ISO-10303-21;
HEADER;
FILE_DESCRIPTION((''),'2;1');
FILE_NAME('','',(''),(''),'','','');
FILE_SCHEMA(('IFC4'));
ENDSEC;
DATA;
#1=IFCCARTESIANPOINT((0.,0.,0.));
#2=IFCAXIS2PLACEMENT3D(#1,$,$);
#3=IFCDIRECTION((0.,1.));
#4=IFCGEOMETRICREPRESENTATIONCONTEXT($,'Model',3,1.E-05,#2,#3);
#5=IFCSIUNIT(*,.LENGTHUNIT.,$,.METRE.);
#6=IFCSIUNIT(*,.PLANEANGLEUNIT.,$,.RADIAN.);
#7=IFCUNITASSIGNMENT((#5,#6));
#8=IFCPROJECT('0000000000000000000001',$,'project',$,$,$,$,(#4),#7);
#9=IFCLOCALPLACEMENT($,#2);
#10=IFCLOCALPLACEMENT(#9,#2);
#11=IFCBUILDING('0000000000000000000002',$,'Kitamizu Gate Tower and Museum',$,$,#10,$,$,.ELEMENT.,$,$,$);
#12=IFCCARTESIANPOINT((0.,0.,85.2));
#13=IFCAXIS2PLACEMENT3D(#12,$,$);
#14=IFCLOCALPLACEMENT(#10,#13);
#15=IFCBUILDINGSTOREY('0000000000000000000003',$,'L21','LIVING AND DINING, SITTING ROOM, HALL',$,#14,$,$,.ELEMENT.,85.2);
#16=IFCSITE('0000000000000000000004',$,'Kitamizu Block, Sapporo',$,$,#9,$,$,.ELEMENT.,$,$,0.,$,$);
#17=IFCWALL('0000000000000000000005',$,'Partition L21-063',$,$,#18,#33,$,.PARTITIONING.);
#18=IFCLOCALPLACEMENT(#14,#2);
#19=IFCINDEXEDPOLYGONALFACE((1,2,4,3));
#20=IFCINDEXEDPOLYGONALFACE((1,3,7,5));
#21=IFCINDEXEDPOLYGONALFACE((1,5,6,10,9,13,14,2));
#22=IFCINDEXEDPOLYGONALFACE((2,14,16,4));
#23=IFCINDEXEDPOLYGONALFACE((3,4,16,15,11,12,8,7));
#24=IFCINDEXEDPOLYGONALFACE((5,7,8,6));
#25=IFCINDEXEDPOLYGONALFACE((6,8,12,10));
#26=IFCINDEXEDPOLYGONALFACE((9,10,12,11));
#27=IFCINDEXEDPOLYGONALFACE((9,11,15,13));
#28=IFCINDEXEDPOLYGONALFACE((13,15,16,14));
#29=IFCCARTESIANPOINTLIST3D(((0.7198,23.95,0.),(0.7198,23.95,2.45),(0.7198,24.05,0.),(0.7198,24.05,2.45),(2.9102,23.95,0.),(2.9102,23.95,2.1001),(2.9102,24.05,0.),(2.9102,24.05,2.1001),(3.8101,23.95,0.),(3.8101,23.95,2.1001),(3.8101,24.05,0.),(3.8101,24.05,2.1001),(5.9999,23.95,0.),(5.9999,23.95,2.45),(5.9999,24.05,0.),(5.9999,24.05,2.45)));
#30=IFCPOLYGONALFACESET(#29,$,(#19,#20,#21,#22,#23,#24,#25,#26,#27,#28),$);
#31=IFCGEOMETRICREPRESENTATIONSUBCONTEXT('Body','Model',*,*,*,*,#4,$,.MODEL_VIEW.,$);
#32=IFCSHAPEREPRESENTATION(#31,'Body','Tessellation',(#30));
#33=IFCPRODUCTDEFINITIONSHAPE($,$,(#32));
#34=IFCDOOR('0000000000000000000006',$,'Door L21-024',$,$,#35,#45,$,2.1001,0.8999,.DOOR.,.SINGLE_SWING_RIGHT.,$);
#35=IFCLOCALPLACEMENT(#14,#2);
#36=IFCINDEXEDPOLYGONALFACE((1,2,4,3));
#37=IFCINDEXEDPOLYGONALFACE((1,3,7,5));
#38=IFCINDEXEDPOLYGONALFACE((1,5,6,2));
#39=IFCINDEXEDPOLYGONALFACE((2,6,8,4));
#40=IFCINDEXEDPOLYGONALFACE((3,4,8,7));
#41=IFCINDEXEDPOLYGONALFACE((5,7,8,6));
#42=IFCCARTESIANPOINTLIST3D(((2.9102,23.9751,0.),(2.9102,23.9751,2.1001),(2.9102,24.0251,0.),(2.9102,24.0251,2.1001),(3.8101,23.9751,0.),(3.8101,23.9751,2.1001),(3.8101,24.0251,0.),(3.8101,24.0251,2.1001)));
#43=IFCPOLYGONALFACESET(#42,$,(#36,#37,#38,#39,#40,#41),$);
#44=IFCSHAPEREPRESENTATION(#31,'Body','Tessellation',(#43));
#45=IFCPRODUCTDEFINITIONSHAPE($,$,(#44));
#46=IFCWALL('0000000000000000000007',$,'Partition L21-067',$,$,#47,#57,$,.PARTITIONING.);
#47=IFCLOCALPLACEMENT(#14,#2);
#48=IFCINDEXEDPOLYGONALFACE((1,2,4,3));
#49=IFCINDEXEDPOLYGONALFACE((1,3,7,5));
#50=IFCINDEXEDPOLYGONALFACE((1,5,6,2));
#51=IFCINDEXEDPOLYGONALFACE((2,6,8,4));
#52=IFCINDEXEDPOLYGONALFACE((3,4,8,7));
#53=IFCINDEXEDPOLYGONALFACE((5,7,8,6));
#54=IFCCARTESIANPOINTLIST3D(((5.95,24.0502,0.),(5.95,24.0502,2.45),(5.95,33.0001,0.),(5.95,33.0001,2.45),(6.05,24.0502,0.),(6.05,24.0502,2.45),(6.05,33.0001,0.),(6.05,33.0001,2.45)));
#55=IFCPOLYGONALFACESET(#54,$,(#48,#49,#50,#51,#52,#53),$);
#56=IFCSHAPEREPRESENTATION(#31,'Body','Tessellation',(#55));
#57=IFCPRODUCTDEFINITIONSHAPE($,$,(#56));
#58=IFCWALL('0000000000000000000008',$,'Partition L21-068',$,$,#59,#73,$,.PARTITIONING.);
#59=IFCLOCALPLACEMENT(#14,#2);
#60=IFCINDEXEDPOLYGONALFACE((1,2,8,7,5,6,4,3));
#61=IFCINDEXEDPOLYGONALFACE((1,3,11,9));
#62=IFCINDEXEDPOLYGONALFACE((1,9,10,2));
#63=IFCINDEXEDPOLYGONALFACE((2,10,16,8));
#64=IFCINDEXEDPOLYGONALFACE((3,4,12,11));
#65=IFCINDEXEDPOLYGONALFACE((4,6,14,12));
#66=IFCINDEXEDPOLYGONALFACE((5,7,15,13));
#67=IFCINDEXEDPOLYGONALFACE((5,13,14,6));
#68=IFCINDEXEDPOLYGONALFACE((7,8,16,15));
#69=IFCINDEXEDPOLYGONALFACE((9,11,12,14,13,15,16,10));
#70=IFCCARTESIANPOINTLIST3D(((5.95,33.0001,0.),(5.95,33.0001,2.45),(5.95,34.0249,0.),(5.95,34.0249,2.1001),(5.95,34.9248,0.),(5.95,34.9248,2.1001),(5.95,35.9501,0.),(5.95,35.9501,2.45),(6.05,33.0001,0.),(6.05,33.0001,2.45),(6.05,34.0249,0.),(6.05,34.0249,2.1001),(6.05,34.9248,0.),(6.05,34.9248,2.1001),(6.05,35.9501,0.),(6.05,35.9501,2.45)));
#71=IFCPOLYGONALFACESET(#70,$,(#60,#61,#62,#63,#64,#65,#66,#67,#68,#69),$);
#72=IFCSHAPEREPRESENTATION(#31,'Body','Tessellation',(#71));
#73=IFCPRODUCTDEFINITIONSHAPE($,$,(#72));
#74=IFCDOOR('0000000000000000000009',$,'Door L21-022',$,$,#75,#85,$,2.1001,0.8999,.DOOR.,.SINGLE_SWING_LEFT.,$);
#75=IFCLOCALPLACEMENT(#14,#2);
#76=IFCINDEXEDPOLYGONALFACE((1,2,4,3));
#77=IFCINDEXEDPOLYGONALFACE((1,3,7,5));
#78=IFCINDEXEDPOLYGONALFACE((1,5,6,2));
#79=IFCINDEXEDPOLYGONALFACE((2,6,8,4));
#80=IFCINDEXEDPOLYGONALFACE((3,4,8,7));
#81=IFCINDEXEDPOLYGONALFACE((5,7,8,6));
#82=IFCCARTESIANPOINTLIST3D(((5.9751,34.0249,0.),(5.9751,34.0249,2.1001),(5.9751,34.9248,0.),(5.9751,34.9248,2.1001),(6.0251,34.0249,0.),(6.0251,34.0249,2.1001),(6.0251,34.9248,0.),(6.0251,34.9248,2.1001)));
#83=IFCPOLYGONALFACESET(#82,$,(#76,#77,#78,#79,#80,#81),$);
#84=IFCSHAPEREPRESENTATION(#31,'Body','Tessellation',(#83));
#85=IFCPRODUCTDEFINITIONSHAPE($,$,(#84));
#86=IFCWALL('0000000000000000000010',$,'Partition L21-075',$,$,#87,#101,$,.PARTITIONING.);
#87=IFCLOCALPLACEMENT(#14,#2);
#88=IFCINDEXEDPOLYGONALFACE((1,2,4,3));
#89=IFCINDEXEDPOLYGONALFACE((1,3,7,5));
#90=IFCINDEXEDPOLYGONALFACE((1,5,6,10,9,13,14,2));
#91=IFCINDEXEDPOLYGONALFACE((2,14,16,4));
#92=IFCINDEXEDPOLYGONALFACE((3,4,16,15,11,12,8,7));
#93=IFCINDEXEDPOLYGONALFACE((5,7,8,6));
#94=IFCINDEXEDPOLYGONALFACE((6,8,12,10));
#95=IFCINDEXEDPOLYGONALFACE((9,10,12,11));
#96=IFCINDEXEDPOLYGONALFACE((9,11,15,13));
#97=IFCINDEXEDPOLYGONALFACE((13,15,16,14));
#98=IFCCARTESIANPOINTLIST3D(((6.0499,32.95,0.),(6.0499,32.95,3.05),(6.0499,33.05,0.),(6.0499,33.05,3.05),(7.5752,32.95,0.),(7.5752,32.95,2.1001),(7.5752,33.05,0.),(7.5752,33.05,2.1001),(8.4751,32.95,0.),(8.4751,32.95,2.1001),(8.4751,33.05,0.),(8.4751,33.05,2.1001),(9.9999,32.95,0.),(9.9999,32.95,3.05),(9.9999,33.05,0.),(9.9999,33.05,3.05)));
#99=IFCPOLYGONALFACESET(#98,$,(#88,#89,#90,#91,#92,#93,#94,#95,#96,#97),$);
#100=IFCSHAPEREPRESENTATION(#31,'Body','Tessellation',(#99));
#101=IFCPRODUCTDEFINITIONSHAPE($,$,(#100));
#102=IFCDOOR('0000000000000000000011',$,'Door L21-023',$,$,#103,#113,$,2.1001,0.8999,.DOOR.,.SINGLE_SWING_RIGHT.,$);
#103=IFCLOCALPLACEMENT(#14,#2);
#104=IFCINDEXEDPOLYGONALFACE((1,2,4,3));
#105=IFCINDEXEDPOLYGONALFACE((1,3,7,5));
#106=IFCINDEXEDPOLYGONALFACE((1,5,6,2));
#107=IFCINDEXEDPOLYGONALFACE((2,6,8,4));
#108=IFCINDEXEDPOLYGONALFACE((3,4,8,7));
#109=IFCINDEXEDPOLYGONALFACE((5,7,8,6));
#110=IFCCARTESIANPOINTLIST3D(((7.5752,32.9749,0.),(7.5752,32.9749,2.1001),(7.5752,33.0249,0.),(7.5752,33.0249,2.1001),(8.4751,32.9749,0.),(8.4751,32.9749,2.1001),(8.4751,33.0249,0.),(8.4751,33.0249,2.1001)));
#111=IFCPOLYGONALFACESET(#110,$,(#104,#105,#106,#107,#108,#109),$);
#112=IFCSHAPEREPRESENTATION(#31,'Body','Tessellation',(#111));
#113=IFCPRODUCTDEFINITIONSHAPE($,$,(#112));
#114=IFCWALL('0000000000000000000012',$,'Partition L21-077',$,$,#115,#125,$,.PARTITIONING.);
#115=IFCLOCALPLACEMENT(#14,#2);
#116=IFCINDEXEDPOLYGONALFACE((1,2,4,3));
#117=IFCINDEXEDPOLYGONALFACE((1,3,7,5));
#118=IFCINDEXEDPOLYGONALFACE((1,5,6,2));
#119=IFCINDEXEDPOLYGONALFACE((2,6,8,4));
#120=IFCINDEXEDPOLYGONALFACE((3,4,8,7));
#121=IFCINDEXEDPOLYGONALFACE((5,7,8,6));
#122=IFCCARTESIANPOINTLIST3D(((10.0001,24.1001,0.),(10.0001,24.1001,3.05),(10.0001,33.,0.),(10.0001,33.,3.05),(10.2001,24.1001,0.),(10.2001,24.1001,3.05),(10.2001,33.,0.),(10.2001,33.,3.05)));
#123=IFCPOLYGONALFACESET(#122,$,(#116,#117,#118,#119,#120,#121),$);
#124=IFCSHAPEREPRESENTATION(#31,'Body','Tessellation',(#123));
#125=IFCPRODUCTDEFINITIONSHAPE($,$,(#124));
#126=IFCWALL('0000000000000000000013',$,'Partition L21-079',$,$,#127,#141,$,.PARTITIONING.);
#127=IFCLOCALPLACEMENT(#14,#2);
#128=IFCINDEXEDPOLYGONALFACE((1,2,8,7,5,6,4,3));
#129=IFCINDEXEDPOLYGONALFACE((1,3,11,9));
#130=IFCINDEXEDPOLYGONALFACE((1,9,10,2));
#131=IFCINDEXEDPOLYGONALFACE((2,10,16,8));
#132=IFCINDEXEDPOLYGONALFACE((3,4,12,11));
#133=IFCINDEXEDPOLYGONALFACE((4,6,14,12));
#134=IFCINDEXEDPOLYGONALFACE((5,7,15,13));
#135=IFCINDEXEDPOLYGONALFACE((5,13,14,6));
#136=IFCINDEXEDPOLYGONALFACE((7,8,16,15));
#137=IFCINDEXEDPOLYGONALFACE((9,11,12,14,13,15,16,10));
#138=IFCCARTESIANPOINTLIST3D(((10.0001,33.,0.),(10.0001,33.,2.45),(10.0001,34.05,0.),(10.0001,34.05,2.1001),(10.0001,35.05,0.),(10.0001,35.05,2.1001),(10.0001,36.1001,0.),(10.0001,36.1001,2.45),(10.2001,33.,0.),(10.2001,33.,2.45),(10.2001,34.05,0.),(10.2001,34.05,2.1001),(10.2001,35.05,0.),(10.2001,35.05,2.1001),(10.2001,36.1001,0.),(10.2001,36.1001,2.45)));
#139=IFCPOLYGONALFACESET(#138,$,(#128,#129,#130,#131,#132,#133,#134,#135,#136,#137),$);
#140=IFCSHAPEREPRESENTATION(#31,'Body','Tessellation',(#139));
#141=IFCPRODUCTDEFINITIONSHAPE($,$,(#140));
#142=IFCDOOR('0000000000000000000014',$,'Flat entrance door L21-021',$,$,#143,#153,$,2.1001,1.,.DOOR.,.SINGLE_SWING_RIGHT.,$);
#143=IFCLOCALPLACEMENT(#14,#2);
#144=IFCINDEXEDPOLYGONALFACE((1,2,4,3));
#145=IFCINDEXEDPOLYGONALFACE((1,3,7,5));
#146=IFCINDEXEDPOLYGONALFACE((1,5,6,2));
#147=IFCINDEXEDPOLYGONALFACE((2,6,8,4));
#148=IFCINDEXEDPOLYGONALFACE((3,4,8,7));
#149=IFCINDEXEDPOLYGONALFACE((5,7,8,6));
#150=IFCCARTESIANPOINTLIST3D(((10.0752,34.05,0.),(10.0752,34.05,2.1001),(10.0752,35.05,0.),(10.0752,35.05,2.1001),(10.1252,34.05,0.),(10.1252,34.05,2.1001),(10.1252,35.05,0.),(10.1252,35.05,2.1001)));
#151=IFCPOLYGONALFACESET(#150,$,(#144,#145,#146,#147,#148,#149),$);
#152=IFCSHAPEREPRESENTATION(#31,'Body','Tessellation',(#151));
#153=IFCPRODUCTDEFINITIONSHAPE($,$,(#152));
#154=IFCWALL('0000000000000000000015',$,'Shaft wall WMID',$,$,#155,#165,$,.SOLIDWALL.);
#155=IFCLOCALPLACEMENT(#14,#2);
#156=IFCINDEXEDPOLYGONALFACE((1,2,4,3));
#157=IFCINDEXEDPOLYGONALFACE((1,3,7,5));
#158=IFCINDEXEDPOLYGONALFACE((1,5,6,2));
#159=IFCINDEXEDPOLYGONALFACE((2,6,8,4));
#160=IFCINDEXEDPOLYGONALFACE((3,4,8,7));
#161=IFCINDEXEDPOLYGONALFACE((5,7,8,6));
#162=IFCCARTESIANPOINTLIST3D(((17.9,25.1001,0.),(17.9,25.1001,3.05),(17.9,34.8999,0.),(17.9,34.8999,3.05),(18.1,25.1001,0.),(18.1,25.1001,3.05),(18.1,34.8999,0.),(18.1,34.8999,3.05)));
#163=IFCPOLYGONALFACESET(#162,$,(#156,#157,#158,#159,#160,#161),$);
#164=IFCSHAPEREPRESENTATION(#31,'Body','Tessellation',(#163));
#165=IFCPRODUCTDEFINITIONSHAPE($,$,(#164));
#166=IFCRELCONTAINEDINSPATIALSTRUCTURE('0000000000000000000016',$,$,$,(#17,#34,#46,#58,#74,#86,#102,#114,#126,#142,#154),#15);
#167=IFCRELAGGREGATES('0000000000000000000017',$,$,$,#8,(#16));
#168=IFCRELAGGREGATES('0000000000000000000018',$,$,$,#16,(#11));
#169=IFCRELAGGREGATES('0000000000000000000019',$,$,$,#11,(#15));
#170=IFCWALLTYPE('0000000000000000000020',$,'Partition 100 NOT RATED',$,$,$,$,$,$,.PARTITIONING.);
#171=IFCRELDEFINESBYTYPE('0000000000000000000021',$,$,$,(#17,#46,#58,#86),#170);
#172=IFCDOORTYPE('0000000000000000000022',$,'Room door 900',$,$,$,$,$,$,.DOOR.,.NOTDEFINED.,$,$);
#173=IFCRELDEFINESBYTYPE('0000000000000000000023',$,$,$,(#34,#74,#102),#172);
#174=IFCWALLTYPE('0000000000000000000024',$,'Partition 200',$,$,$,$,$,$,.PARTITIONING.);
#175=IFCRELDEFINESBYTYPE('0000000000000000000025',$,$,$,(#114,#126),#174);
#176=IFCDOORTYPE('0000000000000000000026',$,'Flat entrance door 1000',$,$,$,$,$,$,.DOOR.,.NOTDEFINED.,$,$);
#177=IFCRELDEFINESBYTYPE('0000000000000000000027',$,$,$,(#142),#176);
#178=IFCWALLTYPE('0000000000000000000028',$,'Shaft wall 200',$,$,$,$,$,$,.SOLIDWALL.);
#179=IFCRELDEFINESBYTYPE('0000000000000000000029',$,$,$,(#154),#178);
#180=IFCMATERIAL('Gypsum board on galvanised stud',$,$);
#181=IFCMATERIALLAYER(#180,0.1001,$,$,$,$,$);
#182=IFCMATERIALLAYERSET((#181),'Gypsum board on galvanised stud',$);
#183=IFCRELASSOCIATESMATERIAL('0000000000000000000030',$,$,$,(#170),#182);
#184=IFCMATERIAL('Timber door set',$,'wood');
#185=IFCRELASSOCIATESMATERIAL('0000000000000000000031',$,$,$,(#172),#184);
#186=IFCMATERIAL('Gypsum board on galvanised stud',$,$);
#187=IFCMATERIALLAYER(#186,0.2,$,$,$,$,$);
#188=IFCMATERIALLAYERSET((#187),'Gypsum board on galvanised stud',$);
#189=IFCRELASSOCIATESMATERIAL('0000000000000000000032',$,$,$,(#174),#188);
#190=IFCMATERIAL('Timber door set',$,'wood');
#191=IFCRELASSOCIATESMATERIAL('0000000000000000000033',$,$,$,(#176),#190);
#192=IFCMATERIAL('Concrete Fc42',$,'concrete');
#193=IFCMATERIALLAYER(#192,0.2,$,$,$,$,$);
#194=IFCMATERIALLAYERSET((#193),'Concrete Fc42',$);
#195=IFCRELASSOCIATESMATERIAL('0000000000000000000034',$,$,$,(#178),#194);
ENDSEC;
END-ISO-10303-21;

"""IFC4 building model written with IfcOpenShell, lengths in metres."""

from ifc_helpers import new_model, si_unit, direction, frame, frame_2d, origin, place, context, subcontext, project, spatial, rectangle, extrude, material, layer, layer_set, type_object, element, fill, save


model = new_model("IFC4")

# Units and contexts
model_context = context("Model", 3, precision=1e-05, world=origin(), true_north=direction((0.0, 1.0)))
body_context = subcontext(model_context, "Body", "Model", "MODEL_VIEW")
ifc_project = project(units=[si_unit("LENGTHUNIT", "METRE"), si_unit("PLANEANGLEUNIT", "RADIAN")], contexts=[model_context])

# Site, building, storey
site_placement = place(None, origin())
site = spatial("IfcSite", under=ifc_project, at=site_placement, Name="Kitamizu Block, Sapporo", CompositionType="ELEMENT", RefElevation=0.0)
building_placement = place(site_placement, origin())
building = spatial("IfcBuilding", under=site, at=building_placement, Name="Kitamizu Gate Tower and Museum", CompositionType="ELEMENT")
storey_placement = place(building_placement, frame((0.0, 0.0, 85.2)))
storey = spatial("IfcBuildingStorey", under=building, at=storey_placement, Name="L21", Description="LIVING AND DINING, SITTING ROOM, HALL", CompositionType="ELEMENT", Elevation=85.2)

# Wall, opening, door
ifc_material_1 = material(Name="Gypsum board on galvanised stud")
ifc_layer_1 = layer(ifc_material_1, 0.1001)
ifc_layer_set_1 = layer_set([ifc_layer_1], Name="Gypsum board on galvanised stud")
wall_type_1 = type_object("IfcWallType", Name="Partition 100 NOT RATED", PredefinedType="PARTITIONING", material=ifc_layer_set_1)
wall_1_placement = place(storey_placement, frame((6.0, 24.0, 0.0), z_axis=(0.0, 0.0, 1.0), x_axis=(-1.0, 0.0, 0.0)))
wall_1 = element("IfcWall", 1, at=wall_1_placement, inside=storey, type_object=wall_type_1, Name="Partition L21-063", PredefinedType="PARTITIONING", context=body_context, shape_type="SweptSolid", body=[
    extrude(rectangle(XDim=5.28, YDim=0.1001, at=frame_2d((2.6401, 0.0))), origin(), (0.0, 0.0, 1.0), 2.45),
])
opening_1_placement = place(wall_1_placement, frame((2.1899, 0.0, 0.0)))
opening_1 = element("IfcOpeningElement", 2, at=opening_1_placement, cuts=wall_1, PredefinedType="OPENING", context=body_context, shape_type="SweptSolid", body=[
    extrude(rectangle(XDim=0.8999, YDim=2.1001, at=frame_2d((0.45, 1.05))), frame((0.0, 0.0601, 0.0), z_axis=(0.0, -1.0, 0.0), x_axis=(1.0, 0.0, 0.0)), (0.0, 0.0, 1.0), 0.1201),
])
ifc_material_2 = material(Name="Timber door set", Category="wood")
door_type_1 = type_object("IfcDoorType", Name="Room door 900", OperationType="NOTDEFINED", PredefinedType="DOOR", material=ifc_material_2)
door_1_placement = place(opening_1_placement, origin())
door_1 = element("IfcDoor", 3, at=door_1_placement, inside=storey, type_object=door_type_1, Name="Door L21-024", OperationType="SINGLE_SWING_RIGHT", OverallHeight=2.1001, OverallWidth=0.8999, PredefinedType="DOOR", context=body_context, shape_type="SweptSolid", body=[
    extrude(rectangle(XDim=0.8999, YDim=2.1001, at=frame_2d((0.45, 1.05))), frame((0.0, 0.0249, 0.0), z_axis=(0.0, -1.0, 0.0), x_axis=(1.0, 0.0, 0.0)), (0.0, 0.0, 1.0), 0.05),
])
fill(opening_1, door_1)

# Wall
wall_2_placement = place(storey_placement, frame((6.0, 24.05, 0.0), z_axis=(0.0, 0.0, 1.0), x_axis=(0.0, 1.0, 0.0)))
element("IfcWall", 4, at=wall_2_placement, inside=storey, type_object=wall_type_1, Name="Partition L21-067", PredefinedType="PARTITIONING", context=body_context, shape_type="SweptSolid", body=[
    extrude(rectangle(XDim=8.95, YDim=0.1001, at=frame_2d((4.4751, 0.0))), origin(), (0.0, 0.0, 1.0), 2.45),
])

# Walls, openings, doors
wall_3_placement = place(storey_placement, frame((6.0, 33.0, 0.0), z_axis=(0.0, 0.0, 1.0), x_axis=(0.0, 1.0, 0.0)))
wall_3 = element("IfcWall", 5, at=wall_3_placement, inside=storey, type_object=wall_type_1, Name="Partition L21-068", PredefinedType="PARTITIONING", context=body_context, shape_type="SweptSolid", body=[
    extrude(rectangle(XDim=2.95, YDim=0.1001, at=frame_2d((1.4751, 0.0))), origin(), (0.0, 0.0, 1.0), 2.45),
])
opening_2_placement = place(wall_3_placement, frame((1.0249, 0.0, 0.0)))
opening_2 = element("IfcOpeningElement", 6, at=opening_2_placement, cuts=wall_3, PredefinedType="OPENING", context=body_context, shape_type="SweptSolid", body=[
    extrude(rectangle(XDim=0.8999, YDim=2.1001, at=frame_2d((0.45, 1.05))), frame((0.0, 0.0601, 0.0), z_axis=(0.0, -1.0, 0.0), x_axis=(1.0, 0.0, 0.0)), (0.0, 0.0, 1.0), 0.1201),
])
door_2_placement = place(opening_2_placement, origin())
door_2 = element("IfcDoor", 7, at=door_2_placement, inside=storey, type_object=door_type_1, Name="Door L21-022", OperationType="SINGLE_SWING_LEFT", OverallHeight=2.1001, OverallWidth=0.8999, PredefinedType="DOOR", context=body_context, shape_type="SweptSolid", body=[
    extrude(rectangle(XDim=0.8999, YDim=2.1001, at=frame_2d((0.45, 1.05))), frame((0.0, 0.0249, 0.0), z_axis=(0.0, -1.0, 0.0), x_axis=(1.0, 0.0, 0.0)), (0.0, 0.0, 1.0), 0.05),
])
fill(opening_2, door_2)
wall_4_placement = place(storey_placement, frame((10.0, 33.0, 0.0), z_axis=(0.0, 0.0, 1.0), x_axis=(-1.0, 0.0, 0.0)))
wall_4 = element("IfcWall", 8, at=wall_4_placement, inside=storey, type_object=wall_type_1, Name="Partition L21-075", PredefinedType="PARTITIONING", context=body_context, shape_type="SweptSolid", body=[
    extrude(rectangle(XDim=3.95, YDim=0.1001, at=frame_2d((1.9751, 0.0))), origin(), (0.0, 0.0, 1.0), 3.05),
])
opening_3_placement = place(wall_4_placement, frame((1.5249, 0.0, 0.0)))
opening_3 = element("IfcOpeningElement", 9, at=opening_3_placement, cuts=wall_4, PredefinedType="OPENING", context=body_context, shape_type="SweptSolid", body=[
    extrude(rectangle(XDim=0.8999, YDim=2.1001, at=frame_2d((0.45, 1.05))), frame((0.0, 0.0601, 0.0), z_axis=(0.0, -1.0, 0.0), x_axis=(1.0, 0.0, 0.0)), (0.0, 0.0, 1.0), 0.1201),
])
door_3_placement = place(opening_3_placement, frame((0.8999, 0.0, 0.0), x_axis=(-1.0, 0.0, 0.0)))
door_3 = element("IfcDoor", 10, at=door_3_placement, inside=storey, type_object=door_type_1, Name="Door L21-023", OperationType="SINGLE_SWING_RIGHT", OverallHeight=2.1001, OverallWidth=0.8999, PredefinedType="DOOR", context=body_context, shape_type="SweptSolid", body=[
    extrude(rectangle(XDim=0.8999, YDim=2.1001, at=frame_2d((0.45, 1.05))), frame((0.0, 0.0249, 0.0), z_axis=(0.0, -1.0, 0.0), x_axis=(1.0, 0.0, 0.0)), (0.0, 0.0, 1.0), 0.05),
])
fill(opening_3, door_3)

# Wall
ifc_material_3 = material(Name="Gypsum board on galvanised stud")
ifc_layer_2 = layer(ifc_material_3, 0.2)
ifc_layer_set_2 = layer_set([ifc_layer_2], Name="Gypsum board on galvanised stud")
wall_type_2 = type_object("IfcWallType", Name="Partition 200", PredefinedType="PARTITIONING", material=ifc_layer_set_2)
wall_5_placement = place(storey_placement, frame((10.1001, 24.1001, 0.0), z_axis=(0.0, 0.0, 1.0), x_axis=(0.0, 1.0, 0.0)))
element("IfcWall", 11, at=wall_5_placement, inside=storey, type_object=wall_type_2, Name="Partition L21-077", PredefinedType="PARTITIONING", context=body_context, shape_type="SweptSolid", body=[
    extrude(rectangle(XDim=8.8999, YDim=0.2, at=frame_2d((4.45, 0.0))), origin(), (0.0, 0.0, 1.0), 3.05),
])

# Wall, opening, door
wall_6_placement = place(storey_placement, frame((10.1001, 33.0, 0.0), z_axis=(0.0, 0.0, 1.0), x_axis=(0.0, 1.0, 0.0)))
wall_6 = element("IfcWall", 12, at=wall_6_placement, inside=storey, type_object=wall_type_2, Name="Partition L21-079", PredefinedType="PARTITIONING", context=body_context, shape_type="SweptSolid", body=[
    extrude(rectangle(XDim=3.1001, YDim=0.2, at=frame_2d((1.55, 0.0))), origin(), (0.0, 0.0, 1.0), 2.45),
])
opening_4_placement = place(wall_6_placement, frame((1.05, 0.0, 0.0)))
opening_4 = element("IfcOpeningElement", 13, at=opening_4_placement, cuts=wall_6, PredefinedType="OPENING", context=body_context, shape_type="SweptSolid", body=[
    extrude(rectangle(XDim=1.0, YDim=2.1001, at=frame_2d((0.5, 1.05))), frame((0.0, 0.1099, 0.0), z_axis=(0.0, -1.0, 0.0), x_axis=(1.0, 0.0, 0.0)), (0.0, 0.0, 1.0), 0.22),
])
ifc_material_4 = material(Name="Timber door set", Category="wood")
door_type_2 = type_object("IfcDoorType", Name="Flat entrance door 1000", OperationType="NOTDEFINED", PredefinedType="DOOR", material=ifc_material_4)
door_4_placement = place(opening_4_placement, origin())
door_4 = element("IfcDoor", 14, at=door_4_placement, inside=storey, type_object=door_type_2, Name="Flat entrance door L21-021", OperationType="SINGLE_SWING_RIGHT", OverallHeight=2.1001, OverallWidth=1.0, PredefinedType="DOOR", context=body_context, shape_type="SweptSolid", body=[
    extrude(rectangle(XDim=1.0, YDim=2.1001, at=frame_2d((0.5, 1.05))), frame((0.0, 0.0249, 0.0), z_axis=(0.0, -1.0, 0.0), x_axis=(1.0, 0.0, 0.0)), (0.0, 0.0, 1.0), 0.05),
])
fill(opening_4, door_4)

# Wall
ifc_material_5 = material(Name="Concrete Fc42", Category="concrete")
ifc_layer_3 = layer(ifc_material_5, 0.2)
ifc_layer_set_3 = layer_set([ifc_layer_3], Name="Concrete Fc42")
wall_type_3 = type_object("IfcWallType", Name="Shaft wall 200", PredefinedType="SOLIDWALL", material=ifc_layer_set_3)
wall_7_placement = place(storey_placement, frame((18.0, 25.1001, 0.0), z_axis=(0.0, 0.0, 1.0), x_axis=(0.0, 1.0, 0.0)))
element("IfcWall", 15, at=wall_7_placement, inside=storey, type_object=wall_type_3, Name="Shaft wall WMID", PredefinedType="SOLIDWALL", context=body_context, shape_type="SweptSolid", body=[
    extrude(rectangle(XDim=9.7998, YDim=0.2, at=frame_2d((4.8999, 0.0))), origin(), (0.0, 0.0, 1.0), 3.05),
])

save(model, "model.ifc")
